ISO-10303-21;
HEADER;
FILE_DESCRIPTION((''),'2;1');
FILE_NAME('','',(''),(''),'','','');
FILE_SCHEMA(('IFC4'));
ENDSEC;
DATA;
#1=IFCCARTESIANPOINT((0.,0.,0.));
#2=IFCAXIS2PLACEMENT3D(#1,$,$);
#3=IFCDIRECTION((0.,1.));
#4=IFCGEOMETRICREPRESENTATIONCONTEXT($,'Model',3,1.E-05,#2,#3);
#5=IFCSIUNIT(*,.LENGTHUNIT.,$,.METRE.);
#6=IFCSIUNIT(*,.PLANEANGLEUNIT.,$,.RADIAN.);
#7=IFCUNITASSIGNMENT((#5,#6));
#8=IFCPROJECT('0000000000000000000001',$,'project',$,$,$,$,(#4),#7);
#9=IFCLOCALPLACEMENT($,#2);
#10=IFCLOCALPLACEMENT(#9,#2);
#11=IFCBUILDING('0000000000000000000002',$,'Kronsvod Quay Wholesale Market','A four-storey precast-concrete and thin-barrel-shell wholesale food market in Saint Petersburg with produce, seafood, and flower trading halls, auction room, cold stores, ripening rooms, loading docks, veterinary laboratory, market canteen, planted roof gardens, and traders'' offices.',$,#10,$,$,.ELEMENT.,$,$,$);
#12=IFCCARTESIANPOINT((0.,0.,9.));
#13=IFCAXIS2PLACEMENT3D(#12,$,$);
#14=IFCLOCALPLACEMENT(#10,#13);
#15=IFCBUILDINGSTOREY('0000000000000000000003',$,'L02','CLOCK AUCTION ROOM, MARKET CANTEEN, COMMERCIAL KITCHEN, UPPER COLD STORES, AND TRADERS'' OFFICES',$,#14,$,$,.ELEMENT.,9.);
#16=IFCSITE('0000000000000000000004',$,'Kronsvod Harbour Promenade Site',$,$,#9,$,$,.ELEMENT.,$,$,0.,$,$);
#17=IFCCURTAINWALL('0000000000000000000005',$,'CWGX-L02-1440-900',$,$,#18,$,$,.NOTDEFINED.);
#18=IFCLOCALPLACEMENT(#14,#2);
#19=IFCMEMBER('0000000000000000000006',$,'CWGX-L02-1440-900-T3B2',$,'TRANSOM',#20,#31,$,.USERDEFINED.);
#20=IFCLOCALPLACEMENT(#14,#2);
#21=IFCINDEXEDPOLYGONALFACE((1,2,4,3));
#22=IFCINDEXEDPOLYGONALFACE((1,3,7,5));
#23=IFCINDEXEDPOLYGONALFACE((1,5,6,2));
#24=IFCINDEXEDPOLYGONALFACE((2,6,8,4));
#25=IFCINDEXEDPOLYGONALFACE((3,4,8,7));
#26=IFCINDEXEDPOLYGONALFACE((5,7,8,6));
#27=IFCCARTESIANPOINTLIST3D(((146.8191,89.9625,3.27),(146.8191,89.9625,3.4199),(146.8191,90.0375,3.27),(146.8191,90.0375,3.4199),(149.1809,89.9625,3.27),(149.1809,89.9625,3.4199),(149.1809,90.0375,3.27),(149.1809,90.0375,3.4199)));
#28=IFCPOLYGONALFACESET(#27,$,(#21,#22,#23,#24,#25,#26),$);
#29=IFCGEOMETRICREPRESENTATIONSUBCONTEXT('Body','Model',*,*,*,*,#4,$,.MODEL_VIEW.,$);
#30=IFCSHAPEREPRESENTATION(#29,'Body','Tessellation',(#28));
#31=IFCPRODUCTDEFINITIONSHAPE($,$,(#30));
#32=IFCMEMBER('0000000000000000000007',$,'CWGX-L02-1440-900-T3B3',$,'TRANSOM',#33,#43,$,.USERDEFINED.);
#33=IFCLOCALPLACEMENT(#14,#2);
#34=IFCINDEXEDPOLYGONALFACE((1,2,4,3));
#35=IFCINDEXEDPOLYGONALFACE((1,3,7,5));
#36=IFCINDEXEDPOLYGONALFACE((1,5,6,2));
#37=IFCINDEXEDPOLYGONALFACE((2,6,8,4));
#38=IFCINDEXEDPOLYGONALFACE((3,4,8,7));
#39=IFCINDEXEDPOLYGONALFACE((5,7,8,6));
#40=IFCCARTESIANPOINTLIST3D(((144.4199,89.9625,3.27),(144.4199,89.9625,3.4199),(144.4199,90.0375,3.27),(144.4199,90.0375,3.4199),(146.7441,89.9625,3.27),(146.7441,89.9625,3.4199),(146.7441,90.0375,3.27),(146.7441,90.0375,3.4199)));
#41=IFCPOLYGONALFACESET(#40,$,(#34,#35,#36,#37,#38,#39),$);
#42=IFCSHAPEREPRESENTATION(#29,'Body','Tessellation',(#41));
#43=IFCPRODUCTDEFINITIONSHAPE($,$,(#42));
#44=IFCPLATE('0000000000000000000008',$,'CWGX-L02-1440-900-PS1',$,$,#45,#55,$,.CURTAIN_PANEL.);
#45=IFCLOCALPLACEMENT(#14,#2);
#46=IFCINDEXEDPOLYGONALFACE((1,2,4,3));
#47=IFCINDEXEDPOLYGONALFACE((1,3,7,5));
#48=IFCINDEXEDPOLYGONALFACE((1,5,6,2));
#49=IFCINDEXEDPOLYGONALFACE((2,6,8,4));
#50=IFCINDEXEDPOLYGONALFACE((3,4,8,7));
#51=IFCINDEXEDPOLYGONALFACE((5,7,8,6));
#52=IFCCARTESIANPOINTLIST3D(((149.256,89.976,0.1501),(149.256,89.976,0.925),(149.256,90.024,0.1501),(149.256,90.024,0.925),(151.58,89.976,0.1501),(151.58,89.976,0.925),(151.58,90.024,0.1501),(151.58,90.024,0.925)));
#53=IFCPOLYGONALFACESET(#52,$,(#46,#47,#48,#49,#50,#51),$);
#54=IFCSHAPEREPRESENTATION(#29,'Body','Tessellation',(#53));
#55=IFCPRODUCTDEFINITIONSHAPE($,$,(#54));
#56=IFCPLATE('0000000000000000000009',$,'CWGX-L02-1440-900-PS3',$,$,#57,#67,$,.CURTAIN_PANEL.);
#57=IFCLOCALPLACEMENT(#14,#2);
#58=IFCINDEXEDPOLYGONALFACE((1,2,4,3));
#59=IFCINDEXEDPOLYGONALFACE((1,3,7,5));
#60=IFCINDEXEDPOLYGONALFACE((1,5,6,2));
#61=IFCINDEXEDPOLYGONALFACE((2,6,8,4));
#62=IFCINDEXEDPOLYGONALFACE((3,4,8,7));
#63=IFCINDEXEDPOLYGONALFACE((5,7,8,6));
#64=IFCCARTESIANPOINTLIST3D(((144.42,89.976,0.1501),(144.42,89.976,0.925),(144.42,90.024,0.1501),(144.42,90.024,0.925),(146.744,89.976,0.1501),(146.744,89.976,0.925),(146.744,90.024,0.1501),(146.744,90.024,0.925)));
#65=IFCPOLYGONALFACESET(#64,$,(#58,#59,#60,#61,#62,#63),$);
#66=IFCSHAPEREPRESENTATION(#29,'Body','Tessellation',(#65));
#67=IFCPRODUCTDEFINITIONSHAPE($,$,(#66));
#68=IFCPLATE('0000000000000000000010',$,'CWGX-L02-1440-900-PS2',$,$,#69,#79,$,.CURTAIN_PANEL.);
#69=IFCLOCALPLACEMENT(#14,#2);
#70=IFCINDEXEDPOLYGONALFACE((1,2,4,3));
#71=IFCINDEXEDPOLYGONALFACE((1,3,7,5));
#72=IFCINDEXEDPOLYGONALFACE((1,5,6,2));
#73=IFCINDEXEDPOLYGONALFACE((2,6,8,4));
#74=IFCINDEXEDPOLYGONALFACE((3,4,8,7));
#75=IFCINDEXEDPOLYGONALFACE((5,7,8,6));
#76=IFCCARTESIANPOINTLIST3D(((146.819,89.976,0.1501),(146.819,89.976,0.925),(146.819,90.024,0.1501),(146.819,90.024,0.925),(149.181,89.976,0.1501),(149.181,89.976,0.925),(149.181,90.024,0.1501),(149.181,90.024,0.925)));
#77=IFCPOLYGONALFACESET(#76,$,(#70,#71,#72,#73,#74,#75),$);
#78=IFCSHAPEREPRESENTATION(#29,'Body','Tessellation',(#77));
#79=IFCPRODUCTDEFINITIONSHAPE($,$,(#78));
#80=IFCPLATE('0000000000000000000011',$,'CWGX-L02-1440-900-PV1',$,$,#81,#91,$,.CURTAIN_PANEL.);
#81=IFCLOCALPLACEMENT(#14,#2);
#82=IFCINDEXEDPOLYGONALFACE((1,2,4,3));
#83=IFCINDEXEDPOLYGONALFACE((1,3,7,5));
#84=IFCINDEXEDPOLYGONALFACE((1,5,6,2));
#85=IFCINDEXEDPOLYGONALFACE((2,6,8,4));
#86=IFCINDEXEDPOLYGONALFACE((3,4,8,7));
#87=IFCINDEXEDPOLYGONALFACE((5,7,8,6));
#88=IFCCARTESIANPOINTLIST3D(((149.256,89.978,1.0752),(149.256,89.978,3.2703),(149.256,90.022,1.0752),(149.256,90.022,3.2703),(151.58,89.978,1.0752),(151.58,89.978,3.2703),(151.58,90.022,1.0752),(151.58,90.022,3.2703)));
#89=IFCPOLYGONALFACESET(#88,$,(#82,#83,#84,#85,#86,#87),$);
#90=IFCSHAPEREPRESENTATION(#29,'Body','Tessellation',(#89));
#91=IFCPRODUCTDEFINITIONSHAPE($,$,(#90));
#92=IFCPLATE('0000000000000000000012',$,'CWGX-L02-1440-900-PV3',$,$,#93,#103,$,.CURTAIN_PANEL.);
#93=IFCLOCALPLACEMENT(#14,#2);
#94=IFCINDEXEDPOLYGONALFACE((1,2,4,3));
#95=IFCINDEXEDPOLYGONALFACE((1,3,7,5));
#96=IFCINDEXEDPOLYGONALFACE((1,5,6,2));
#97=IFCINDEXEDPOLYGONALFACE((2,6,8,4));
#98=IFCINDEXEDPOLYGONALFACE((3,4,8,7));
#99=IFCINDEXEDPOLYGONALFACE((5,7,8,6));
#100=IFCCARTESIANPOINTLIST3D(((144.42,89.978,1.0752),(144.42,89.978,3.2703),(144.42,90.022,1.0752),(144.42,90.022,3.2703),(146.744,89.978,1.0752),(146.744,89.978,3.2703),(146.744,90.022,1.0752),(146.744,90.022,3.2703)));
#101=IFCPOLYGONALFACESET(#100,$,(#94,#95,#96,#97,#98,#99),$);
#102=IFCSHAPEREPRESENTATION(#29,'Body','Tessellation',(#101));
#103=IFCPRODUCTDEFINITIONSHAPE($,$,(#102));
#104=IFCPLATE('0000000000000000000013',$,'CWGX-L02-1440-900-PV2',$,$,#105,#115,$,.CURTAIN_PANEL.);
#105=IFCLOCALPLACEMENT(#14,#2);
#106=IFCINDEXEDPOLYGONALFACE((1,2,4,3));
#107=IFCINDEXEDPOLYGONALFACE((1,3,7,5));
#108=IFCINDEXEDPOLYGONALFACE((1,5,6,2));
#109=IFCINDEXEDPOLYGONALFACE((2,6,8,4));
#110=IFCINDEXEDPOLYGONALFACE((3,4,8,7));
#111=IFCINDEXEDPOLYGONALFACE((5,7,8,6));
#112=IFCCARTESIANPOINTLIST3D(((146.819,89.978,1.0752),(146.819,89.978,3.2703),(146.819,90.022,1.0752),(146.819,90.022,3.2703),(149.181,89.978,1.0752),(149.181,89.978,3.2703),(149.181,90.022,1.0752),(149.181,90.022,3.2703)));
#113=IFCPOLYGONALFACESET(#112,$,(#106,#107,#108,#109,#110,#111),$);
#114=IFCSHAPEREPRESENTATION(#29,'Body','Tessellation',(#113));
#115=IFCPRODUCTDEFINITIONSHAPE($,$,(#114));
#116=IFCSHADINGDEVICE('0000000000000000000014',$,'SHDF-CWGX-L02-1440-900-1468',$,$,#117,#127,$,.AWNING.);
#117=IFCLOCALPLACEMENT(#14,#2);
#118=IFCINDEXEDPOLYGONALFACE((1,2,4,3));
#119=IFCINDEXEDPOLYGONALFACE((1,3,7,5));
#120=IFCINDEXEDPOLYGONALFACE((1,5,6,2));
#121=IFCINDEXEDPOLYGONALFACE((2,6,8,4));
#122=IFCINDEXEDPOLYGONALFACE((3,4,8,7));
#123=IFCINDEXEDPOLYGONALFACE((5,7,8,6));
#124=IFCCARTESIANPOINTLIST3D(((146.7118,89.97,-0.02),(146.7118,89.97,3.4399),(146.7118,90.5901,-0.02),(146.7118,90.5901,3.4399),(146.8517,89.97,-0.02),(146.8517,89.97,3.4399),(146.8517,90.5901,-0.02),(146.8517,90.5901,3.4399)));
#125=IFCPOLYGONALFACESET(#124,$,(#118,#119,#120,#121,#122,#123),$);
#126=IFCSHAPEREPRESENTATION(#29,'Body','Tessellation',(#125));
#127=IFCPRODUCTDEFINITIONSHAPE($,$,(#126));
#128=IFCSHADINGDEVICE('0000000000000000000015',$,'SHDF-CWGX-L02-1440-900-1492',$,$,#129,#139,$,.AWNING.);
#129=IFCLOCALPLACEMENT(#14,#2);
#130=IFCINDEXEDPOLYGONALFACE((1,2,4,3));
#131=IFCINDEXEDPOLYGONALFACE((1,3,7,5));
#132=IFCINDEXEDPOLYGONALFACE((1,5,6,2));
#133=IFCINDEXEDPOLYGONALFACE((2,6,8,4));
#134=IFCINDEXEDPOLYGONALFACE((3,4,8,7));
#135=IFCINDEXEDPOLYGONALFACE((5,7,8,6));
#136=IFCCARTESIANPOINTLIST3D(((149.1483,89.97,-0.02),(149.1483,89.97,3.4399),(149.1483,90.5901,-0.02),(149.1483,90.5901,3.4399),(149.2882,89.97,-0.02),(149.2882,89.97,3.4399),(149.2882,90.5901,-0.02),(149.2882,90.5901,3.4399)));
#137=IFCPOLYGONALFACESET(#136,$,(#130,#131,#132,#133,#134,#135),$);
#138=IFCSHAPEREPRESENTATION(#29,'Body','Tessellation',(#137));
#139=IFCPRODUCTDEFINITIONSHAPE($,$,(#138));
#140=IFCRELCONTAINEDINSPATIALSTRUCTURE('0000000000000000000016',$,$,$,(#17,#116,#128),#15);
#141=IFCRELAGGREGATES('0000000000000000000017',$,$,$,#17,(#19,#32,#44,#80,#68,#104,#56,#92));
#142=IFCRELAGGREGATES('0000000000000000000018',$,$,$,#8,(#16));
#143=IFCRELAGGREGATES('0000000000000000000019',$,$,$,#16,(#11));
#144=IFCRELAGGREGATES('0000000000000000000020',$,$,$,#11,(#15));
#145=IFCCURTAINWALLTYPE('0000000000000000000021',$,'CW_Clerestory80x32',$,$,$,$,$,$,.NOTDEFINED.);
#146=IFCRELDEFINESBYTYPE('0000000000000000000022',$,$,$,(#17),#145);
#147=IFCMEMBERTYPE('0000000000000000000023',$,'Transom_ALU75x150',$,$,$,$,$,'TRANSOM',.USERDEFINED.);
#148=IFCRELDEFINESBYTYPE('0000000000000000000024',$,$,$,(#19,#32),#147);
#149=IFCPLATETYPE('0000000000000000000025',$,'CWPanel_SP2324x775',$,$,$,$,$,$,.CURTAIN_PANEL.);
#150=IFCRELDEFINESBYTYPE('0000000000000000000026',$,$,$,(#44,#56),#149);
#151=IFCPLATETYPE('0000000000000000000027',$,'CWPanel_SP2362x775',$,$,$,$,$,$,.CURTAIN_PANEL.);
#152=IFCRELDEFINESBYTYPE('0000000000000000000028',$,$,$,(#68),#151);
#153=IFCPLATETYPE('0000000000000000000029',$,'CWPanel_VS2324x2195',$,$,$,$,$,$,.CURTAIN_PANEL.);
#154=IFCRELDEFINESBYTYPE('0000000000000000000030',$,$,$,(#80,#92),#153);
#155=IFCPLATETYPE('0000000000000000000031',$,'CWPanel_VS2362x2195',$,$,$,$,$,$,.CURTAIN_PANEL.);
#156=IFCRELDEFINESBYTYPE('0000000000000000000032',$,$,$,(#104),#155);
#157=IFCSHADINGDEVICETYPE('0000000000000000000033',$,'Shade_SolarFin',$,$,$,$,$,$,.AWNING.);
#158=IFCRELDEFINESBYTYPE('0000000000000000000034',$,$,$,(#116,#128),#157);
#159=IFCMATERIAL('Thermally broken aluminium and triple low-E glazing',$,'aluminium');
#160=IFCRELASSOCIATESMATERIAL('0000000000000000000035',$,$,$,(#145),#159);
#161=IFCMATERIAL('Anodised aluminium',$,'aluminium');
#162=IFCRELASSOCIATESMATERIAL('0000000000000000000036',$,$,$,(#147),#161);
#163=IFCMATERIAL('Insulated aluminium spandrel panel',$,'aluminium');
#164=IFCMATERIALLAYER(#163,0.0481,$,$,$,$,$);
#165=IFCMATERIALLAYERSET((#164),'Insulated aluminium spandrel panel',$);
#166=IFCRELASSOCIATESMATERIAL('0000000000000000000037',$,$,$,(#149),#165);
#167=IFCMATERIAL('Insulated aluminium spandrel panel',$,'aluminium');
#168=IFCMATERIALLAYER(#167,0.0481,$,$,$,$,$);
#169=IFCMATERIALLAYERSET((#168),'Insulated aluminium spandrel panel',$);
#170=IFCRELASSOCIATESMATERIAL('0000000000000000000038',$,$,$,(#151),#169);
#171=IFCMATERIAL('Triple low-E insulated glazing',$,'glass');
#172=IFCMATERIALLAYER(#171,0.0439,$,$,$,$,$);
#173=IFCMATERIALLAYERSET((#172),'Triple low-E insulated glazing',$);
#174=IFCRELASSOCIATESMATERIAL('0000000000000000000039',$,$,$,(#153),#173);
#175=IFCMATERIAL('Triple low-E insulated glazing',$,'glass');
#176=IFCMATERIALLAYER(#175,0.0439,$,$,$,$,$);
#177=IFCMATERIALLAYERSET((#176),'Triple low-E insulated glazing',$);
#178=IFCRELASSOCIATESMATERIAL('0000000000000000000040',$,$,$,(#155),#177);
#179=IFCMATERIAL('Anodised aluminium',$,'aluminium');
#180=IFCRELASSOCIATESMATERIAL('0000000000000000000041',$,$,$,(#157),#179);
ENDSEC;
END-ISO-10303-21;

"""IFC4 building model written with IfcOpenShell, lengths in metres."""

from ifc_helpers import new_model, si_unit, direction, frame, origin, origin_2d, place, context, subcontext, project, spatial, rectangle, extrude, material, layer, layer_set, material_profile, profile_set, type_object, element, aggregate, save


model = new_model("IFC4")

# Units and contexts
model_context = context("Model", 3, precision=1e-05, world=origin(), true_north=direction((0.0, 1.0)))
body_context = subcontext(model_context, "Body", "Model", "MODEL_VIEW")
ifc_project = project(units=[si_unit("LENGTHUNIT", "METRE"), si_unit("PLANEANGLEUNIT", "RADIAN")], contexts=[model_context])

# Site, building, storey
site_placement = place(None, origin())
site = spatial("IfcSite", under=ifc_project, at=site_placement, Name="Kronsvod Harbour Promenade Site", CompositionType="ELEMENT", RefElevation=0.0)
building_placement = place(site_placement, origin())
building = spatial("IfcBuilding", under=site, at=building_placement, Name="Kronsvod Quay Wholesale Market", Description="A four-storey precast-concrete and thin-barrel-shell wholesale food market in Saint Petersburg with produce, seafood, and flower trading halls, auction room, cold stores, ripening rooms, loading docks, veterinary laboratory, market canteen, planted roof gardens, and traders' offices.", CompositionType="ELEMENT")
storey_placement = place(building_placement, frame((0.0, 0.0, 9.0)))
storey = spatial("IfcBuildingStorey", under=building, at=storey_placement, Name="L02", Description="CLOCK AUCTION ROOM, MARKET CANTEEN, COMMERCIAL KITCHEN, UPPER COLD STORES, AND TRADERS' OFFICES", CompositionType="ELEMENT", Elevation=9.0)

# Curtain wall, members, plates
ifc_material_1 = material(Name="Thermally broken aluminium and triple low-E glazing", Category="aluminium")
curtain_wall_type = type_object("IfcCurtainWallType", Name="CW_Clerestory80x32", PredefinedType="NOTDEFINED", material=ifc_material_1)
curtain_wall_placement = place(storey_placement, origin())
curtain_wall = element("IfcCurtainWall", 1, at=curtain_wall_placement, inside=storey, type_object=curtain_wall_type, Name="CWGX-L02-1440-900", PredefinedType="NOTDEFINED")
ifc_material_2 = material(Name="Anodised aluminium", Category="aluminium")
ifc_material_profile_1 = material_profile(ifc_material_2, rectangle(XDim=0.075, YDim=0.1499, at=origin_2d()), Name="ALUT75x150")
ifc_profile_set_1 = profile_set([ifc_material_profile_1], Name="Anodised aluminium")
member_type_1 = type_object("IfcMemberType", Name="Transom_ALU75x150", ElementType="TRANSOM", PredefinedType="USERDEFINED", material=ifc_profile_set_1)
member_1_placement = place(storey_placement, frame((149.1809, 90.0, 3.345), z_axis=(-1.0, 0.0, 0.0), x_axis=(0.0, -1.0, 0.0)))
member_1 = element("IfcMember", 2, at=member_1_placement, type_object=member_type_1, Name="CWGX-L02-1440-900-T3B2", ObjectType="TRANSOM", PredefinedType="USERDEFINED", context=body_context, shape_type="SweptSolid", body=[
    extrude(rectangle(XDim=0.075, YDim=0.1499, at=origin_2d()), origin(), (0.0, 0.0, 1.0), 2.3618),
])
member_2_placement = place(storey_placement, frame((146.7441, 90.0, 3.345), z_axis=(-1.0, 0.0, 0.0), x_axis=(0.0, -1.0, 0.0)))
member_2 = element("IfcMember", 3, at=member_2_placement, type_object=member_type_1, Name="CWGX-L02-1440-900-T3B3", ObjectType="TRANSOM", PredefinedType="USERDEFINED", context=body_context, shape_type="SweptSolid", body=[
    extrude(rectangle(XDim=0.075, YDim=0.1499, at=origin_2d()), origin(), (0.0, 0.0, 1.0), 2.3242),
])
ifc_material_3 = material(Name="Insulated aluminium spandrel panel", Category="aluminium")
ifc_layer_1 = layer(ifc_material_3, 0.0481)
ifc_layer_set_1 = layer_set([ifc_layer_1], Name="Insulated aluminium spandrel panel")
plate_type_1 = type_object("IfcPlateType", Name="CWPanel_SP2324x775", PredefinedType="CURTAIN_PANEL", material=ifc_layer_set_1)
plate_1_placement = place(storey_placement, frame((150.418, 90.0, 0.1501), z_axis=(0.0, 0.0, 1.0), x_axis=(-1.0, 0.0, 0.0)))
plate_1 = element("IfcPlate", 4, at=plate_1_placement, type_object=plate_type_1, Name="CWGX-L02-1440-900-PS1", PredefinedType="CURTAIN_PANEL", context=body_context, shape_type="SweptSolid", body=[
    extrude(rectangle(XDim=2.324, YDim=0.0481, at=origin_2d()), origin(), (0.0, 0.0, 1.0), 0.7749),
])
plate_2_placement = place(storey_placement, frame((145.582, 90.0, 0.1501), z_axis=(0.0, 0.0, 1.0), x_axis=(-1.0, 0.0, 0.0)))
plate_2 = element("IfcPlate", 5, at=plate_2_placement, type_object=plate_type_1, Name="CWGX-L02-1440-900-PS3", PredefinedType="CURTAIN_PANEL", context=body_context, shape_type="SweptSolid", body=[
    extrude(rectangle(XDim=2.324, YDim=0.0481, at=origin_2d()), origin(), (0.0, 0.0, 1.0), 0.7749),
])
ifc_material_4 = material(Name="Insulated aluminium spandrel panel", Category="aluminium")
ifc_layer_2 = layer(ifc_material_4, 0.0481)
ifc_layer_set_2 = layer_set([ifc_layer_2], Name="Insulated aluminium spandrel panel")
plate_type_2 = type_object("IfcPlateType", Name="CWPanel_SP2362x775", PredefinedType="CURTAIN_PANEL", material=ifc_layer_set_2)
plate_3_placement = place(storey_placement, frame((148.0, 90.0, 0.1501), z_axis=(0.0, 0.0, 1.0), x_axis=(-1.0, 0.0, 0.0)))
plate_3 = element("IfcPlate", 6, at=plate_3_placement, type_object=plate_type_2, Name="CWGX-L02-1440-900-PS2", PredefinedType="CURTAIN_PANEL", context=body_context, shape_type="SweptSolid", body=[
    extrude(rectangle(XDim=2.3621, YDim=0.0481, at=origin_2d()), origin(), (0.0, 0.0, 1.0), 0.7749),
])
ifc_material_5 = material(Name="Triple low-E insulated glazing", Category="glass")
ifc_layer_3 = layer(ifc_material_5, 0.0439)
ifc_layer_set_3 = layer_set([ifc_layer_3], Name="Triple low-E insulated glazing")
plate_type_3 = type_object("IfcPlateType", Name="CWPanel_VS2324x2195", PredefinedType="CURTAIN_PANEL", material=ifc_layer_set_3)
plate_4_placement = place(storey_placement, frame((150.418, 90.0, 1.0752), z_axis=(0.0, 0.0, 1.0), x_axis=(-1.0, 0.0, 0.0)))
plate_4 = element("IfcPlate", 7, at=plate_4_placement, type_object=plate_type_3, Name="CWGX-L02-1440-900-PV1", PredefinedType="CURTAIN_PANEL", context=body_context, shape_type="SweptSolid", body=[
    extrude(rectangle(XDim=2.324, YDim=0.0439, at=origin_2d()), origin(), (0.0, 0.0, 1.0), 2.1951),
])
plate_5_placement = place(storey_placement, frame((145.582, 90.0, 1.0752), z_axis=(0.0, 0.0, 1.0), x_axis=(-1.0, 0.0, 0.0)))
plate_5 = element("IfcPlate", 8, at=plate_5_placement, type_object=plate_type_3, Name="CWGX-L02-1440-900-PV3", PredefinedType="CURTAIN_PANEL", context=body_context, shape_type="SweptSolid", body=[
    extrude(rectangle(XDim=2.324, YDim=0.0439, at=origin_2d()), origin(), (0.0, 0.0, 1.0), 2.1951),
])
ifc_material_6 = material(Name="Triple low-E insulated glazing", Category="glass")
ifc_layer_4 = layer(ifc_material_6, 0.0439)
ifc_layer_set_4 = layer_set([ifc_layer_4], Name="Triple low-E insulated glazing")
plate_type_4 = type_object("IfcPlateType", Name="CWPanel_VS2362x2195", PredefinedType="CURTAIN_PANEL", material=ifc_layer_set_4)
plate_6_placement = place(storey_placement, frame((148.0, 90.0, 1.0752), z_axis=(0.0, 0.0, 1.0), x_axis=(-1.0, 0.0, 0.0)))
plate_6 = element("IfcPlate", 9, at=plate_6_placement, type_object=plate_type_4, Name="CWGX-L02-1440-900-PV2", PredefinedType="CURTAIN_PANEL", context=body_context, shape_type="SweptSolid", body=[
    extrude(rectangle(XDim=2.3621, YDim=0.0439, at=origin_2d()), origin(), (0.0, 0.0, 1.0), 2.1951),
])
aggregate(curtain_wall, [member_1, member_2, plate_1, plate_4, plate_3, plate_6, plate_2, plate_5])

# Shading devices
ifc_material_7 = material(Name="Anodised aluminium", Category="aluminium")
shading_device_type = type_object("IfcShadingDeviceType", Name="Shade_SolarFin", PredefinedType="AWNING", material=ifc_material_7)
for number, where, z_axis, x_axis, name in (
    (10, (146.7817, 90.28, -0.02), (0.0, 0.0, 1.0), (1.0, 0.0, 0.0), "SHDF-CWGX-L02-1440-900-1468"),
    (11, (149.2183, 90.28, -0.02), (0.0, 0.0, 1.0), (1.0, 0.0, 0.0), "SHDF-CWGX-L02-1440-900-1492"),
):
    element("IfcShadingDevice", number, at=place(storey_placement, frame(where, z_axis=z_axis, x_axis=x_axis)), inside=storey, type_object=shading_device_type, Name=name, PredefinedType="AWNING", context=body_context, shape_type="SweptSolid", body=[
        extrude(rectangle(XDim=0.1399, YDim=0.6201, at=origin_2d()), origin(), (0.0, 0.0, 1.0), 3.46),
    ])

save(model, "model.ifc")
